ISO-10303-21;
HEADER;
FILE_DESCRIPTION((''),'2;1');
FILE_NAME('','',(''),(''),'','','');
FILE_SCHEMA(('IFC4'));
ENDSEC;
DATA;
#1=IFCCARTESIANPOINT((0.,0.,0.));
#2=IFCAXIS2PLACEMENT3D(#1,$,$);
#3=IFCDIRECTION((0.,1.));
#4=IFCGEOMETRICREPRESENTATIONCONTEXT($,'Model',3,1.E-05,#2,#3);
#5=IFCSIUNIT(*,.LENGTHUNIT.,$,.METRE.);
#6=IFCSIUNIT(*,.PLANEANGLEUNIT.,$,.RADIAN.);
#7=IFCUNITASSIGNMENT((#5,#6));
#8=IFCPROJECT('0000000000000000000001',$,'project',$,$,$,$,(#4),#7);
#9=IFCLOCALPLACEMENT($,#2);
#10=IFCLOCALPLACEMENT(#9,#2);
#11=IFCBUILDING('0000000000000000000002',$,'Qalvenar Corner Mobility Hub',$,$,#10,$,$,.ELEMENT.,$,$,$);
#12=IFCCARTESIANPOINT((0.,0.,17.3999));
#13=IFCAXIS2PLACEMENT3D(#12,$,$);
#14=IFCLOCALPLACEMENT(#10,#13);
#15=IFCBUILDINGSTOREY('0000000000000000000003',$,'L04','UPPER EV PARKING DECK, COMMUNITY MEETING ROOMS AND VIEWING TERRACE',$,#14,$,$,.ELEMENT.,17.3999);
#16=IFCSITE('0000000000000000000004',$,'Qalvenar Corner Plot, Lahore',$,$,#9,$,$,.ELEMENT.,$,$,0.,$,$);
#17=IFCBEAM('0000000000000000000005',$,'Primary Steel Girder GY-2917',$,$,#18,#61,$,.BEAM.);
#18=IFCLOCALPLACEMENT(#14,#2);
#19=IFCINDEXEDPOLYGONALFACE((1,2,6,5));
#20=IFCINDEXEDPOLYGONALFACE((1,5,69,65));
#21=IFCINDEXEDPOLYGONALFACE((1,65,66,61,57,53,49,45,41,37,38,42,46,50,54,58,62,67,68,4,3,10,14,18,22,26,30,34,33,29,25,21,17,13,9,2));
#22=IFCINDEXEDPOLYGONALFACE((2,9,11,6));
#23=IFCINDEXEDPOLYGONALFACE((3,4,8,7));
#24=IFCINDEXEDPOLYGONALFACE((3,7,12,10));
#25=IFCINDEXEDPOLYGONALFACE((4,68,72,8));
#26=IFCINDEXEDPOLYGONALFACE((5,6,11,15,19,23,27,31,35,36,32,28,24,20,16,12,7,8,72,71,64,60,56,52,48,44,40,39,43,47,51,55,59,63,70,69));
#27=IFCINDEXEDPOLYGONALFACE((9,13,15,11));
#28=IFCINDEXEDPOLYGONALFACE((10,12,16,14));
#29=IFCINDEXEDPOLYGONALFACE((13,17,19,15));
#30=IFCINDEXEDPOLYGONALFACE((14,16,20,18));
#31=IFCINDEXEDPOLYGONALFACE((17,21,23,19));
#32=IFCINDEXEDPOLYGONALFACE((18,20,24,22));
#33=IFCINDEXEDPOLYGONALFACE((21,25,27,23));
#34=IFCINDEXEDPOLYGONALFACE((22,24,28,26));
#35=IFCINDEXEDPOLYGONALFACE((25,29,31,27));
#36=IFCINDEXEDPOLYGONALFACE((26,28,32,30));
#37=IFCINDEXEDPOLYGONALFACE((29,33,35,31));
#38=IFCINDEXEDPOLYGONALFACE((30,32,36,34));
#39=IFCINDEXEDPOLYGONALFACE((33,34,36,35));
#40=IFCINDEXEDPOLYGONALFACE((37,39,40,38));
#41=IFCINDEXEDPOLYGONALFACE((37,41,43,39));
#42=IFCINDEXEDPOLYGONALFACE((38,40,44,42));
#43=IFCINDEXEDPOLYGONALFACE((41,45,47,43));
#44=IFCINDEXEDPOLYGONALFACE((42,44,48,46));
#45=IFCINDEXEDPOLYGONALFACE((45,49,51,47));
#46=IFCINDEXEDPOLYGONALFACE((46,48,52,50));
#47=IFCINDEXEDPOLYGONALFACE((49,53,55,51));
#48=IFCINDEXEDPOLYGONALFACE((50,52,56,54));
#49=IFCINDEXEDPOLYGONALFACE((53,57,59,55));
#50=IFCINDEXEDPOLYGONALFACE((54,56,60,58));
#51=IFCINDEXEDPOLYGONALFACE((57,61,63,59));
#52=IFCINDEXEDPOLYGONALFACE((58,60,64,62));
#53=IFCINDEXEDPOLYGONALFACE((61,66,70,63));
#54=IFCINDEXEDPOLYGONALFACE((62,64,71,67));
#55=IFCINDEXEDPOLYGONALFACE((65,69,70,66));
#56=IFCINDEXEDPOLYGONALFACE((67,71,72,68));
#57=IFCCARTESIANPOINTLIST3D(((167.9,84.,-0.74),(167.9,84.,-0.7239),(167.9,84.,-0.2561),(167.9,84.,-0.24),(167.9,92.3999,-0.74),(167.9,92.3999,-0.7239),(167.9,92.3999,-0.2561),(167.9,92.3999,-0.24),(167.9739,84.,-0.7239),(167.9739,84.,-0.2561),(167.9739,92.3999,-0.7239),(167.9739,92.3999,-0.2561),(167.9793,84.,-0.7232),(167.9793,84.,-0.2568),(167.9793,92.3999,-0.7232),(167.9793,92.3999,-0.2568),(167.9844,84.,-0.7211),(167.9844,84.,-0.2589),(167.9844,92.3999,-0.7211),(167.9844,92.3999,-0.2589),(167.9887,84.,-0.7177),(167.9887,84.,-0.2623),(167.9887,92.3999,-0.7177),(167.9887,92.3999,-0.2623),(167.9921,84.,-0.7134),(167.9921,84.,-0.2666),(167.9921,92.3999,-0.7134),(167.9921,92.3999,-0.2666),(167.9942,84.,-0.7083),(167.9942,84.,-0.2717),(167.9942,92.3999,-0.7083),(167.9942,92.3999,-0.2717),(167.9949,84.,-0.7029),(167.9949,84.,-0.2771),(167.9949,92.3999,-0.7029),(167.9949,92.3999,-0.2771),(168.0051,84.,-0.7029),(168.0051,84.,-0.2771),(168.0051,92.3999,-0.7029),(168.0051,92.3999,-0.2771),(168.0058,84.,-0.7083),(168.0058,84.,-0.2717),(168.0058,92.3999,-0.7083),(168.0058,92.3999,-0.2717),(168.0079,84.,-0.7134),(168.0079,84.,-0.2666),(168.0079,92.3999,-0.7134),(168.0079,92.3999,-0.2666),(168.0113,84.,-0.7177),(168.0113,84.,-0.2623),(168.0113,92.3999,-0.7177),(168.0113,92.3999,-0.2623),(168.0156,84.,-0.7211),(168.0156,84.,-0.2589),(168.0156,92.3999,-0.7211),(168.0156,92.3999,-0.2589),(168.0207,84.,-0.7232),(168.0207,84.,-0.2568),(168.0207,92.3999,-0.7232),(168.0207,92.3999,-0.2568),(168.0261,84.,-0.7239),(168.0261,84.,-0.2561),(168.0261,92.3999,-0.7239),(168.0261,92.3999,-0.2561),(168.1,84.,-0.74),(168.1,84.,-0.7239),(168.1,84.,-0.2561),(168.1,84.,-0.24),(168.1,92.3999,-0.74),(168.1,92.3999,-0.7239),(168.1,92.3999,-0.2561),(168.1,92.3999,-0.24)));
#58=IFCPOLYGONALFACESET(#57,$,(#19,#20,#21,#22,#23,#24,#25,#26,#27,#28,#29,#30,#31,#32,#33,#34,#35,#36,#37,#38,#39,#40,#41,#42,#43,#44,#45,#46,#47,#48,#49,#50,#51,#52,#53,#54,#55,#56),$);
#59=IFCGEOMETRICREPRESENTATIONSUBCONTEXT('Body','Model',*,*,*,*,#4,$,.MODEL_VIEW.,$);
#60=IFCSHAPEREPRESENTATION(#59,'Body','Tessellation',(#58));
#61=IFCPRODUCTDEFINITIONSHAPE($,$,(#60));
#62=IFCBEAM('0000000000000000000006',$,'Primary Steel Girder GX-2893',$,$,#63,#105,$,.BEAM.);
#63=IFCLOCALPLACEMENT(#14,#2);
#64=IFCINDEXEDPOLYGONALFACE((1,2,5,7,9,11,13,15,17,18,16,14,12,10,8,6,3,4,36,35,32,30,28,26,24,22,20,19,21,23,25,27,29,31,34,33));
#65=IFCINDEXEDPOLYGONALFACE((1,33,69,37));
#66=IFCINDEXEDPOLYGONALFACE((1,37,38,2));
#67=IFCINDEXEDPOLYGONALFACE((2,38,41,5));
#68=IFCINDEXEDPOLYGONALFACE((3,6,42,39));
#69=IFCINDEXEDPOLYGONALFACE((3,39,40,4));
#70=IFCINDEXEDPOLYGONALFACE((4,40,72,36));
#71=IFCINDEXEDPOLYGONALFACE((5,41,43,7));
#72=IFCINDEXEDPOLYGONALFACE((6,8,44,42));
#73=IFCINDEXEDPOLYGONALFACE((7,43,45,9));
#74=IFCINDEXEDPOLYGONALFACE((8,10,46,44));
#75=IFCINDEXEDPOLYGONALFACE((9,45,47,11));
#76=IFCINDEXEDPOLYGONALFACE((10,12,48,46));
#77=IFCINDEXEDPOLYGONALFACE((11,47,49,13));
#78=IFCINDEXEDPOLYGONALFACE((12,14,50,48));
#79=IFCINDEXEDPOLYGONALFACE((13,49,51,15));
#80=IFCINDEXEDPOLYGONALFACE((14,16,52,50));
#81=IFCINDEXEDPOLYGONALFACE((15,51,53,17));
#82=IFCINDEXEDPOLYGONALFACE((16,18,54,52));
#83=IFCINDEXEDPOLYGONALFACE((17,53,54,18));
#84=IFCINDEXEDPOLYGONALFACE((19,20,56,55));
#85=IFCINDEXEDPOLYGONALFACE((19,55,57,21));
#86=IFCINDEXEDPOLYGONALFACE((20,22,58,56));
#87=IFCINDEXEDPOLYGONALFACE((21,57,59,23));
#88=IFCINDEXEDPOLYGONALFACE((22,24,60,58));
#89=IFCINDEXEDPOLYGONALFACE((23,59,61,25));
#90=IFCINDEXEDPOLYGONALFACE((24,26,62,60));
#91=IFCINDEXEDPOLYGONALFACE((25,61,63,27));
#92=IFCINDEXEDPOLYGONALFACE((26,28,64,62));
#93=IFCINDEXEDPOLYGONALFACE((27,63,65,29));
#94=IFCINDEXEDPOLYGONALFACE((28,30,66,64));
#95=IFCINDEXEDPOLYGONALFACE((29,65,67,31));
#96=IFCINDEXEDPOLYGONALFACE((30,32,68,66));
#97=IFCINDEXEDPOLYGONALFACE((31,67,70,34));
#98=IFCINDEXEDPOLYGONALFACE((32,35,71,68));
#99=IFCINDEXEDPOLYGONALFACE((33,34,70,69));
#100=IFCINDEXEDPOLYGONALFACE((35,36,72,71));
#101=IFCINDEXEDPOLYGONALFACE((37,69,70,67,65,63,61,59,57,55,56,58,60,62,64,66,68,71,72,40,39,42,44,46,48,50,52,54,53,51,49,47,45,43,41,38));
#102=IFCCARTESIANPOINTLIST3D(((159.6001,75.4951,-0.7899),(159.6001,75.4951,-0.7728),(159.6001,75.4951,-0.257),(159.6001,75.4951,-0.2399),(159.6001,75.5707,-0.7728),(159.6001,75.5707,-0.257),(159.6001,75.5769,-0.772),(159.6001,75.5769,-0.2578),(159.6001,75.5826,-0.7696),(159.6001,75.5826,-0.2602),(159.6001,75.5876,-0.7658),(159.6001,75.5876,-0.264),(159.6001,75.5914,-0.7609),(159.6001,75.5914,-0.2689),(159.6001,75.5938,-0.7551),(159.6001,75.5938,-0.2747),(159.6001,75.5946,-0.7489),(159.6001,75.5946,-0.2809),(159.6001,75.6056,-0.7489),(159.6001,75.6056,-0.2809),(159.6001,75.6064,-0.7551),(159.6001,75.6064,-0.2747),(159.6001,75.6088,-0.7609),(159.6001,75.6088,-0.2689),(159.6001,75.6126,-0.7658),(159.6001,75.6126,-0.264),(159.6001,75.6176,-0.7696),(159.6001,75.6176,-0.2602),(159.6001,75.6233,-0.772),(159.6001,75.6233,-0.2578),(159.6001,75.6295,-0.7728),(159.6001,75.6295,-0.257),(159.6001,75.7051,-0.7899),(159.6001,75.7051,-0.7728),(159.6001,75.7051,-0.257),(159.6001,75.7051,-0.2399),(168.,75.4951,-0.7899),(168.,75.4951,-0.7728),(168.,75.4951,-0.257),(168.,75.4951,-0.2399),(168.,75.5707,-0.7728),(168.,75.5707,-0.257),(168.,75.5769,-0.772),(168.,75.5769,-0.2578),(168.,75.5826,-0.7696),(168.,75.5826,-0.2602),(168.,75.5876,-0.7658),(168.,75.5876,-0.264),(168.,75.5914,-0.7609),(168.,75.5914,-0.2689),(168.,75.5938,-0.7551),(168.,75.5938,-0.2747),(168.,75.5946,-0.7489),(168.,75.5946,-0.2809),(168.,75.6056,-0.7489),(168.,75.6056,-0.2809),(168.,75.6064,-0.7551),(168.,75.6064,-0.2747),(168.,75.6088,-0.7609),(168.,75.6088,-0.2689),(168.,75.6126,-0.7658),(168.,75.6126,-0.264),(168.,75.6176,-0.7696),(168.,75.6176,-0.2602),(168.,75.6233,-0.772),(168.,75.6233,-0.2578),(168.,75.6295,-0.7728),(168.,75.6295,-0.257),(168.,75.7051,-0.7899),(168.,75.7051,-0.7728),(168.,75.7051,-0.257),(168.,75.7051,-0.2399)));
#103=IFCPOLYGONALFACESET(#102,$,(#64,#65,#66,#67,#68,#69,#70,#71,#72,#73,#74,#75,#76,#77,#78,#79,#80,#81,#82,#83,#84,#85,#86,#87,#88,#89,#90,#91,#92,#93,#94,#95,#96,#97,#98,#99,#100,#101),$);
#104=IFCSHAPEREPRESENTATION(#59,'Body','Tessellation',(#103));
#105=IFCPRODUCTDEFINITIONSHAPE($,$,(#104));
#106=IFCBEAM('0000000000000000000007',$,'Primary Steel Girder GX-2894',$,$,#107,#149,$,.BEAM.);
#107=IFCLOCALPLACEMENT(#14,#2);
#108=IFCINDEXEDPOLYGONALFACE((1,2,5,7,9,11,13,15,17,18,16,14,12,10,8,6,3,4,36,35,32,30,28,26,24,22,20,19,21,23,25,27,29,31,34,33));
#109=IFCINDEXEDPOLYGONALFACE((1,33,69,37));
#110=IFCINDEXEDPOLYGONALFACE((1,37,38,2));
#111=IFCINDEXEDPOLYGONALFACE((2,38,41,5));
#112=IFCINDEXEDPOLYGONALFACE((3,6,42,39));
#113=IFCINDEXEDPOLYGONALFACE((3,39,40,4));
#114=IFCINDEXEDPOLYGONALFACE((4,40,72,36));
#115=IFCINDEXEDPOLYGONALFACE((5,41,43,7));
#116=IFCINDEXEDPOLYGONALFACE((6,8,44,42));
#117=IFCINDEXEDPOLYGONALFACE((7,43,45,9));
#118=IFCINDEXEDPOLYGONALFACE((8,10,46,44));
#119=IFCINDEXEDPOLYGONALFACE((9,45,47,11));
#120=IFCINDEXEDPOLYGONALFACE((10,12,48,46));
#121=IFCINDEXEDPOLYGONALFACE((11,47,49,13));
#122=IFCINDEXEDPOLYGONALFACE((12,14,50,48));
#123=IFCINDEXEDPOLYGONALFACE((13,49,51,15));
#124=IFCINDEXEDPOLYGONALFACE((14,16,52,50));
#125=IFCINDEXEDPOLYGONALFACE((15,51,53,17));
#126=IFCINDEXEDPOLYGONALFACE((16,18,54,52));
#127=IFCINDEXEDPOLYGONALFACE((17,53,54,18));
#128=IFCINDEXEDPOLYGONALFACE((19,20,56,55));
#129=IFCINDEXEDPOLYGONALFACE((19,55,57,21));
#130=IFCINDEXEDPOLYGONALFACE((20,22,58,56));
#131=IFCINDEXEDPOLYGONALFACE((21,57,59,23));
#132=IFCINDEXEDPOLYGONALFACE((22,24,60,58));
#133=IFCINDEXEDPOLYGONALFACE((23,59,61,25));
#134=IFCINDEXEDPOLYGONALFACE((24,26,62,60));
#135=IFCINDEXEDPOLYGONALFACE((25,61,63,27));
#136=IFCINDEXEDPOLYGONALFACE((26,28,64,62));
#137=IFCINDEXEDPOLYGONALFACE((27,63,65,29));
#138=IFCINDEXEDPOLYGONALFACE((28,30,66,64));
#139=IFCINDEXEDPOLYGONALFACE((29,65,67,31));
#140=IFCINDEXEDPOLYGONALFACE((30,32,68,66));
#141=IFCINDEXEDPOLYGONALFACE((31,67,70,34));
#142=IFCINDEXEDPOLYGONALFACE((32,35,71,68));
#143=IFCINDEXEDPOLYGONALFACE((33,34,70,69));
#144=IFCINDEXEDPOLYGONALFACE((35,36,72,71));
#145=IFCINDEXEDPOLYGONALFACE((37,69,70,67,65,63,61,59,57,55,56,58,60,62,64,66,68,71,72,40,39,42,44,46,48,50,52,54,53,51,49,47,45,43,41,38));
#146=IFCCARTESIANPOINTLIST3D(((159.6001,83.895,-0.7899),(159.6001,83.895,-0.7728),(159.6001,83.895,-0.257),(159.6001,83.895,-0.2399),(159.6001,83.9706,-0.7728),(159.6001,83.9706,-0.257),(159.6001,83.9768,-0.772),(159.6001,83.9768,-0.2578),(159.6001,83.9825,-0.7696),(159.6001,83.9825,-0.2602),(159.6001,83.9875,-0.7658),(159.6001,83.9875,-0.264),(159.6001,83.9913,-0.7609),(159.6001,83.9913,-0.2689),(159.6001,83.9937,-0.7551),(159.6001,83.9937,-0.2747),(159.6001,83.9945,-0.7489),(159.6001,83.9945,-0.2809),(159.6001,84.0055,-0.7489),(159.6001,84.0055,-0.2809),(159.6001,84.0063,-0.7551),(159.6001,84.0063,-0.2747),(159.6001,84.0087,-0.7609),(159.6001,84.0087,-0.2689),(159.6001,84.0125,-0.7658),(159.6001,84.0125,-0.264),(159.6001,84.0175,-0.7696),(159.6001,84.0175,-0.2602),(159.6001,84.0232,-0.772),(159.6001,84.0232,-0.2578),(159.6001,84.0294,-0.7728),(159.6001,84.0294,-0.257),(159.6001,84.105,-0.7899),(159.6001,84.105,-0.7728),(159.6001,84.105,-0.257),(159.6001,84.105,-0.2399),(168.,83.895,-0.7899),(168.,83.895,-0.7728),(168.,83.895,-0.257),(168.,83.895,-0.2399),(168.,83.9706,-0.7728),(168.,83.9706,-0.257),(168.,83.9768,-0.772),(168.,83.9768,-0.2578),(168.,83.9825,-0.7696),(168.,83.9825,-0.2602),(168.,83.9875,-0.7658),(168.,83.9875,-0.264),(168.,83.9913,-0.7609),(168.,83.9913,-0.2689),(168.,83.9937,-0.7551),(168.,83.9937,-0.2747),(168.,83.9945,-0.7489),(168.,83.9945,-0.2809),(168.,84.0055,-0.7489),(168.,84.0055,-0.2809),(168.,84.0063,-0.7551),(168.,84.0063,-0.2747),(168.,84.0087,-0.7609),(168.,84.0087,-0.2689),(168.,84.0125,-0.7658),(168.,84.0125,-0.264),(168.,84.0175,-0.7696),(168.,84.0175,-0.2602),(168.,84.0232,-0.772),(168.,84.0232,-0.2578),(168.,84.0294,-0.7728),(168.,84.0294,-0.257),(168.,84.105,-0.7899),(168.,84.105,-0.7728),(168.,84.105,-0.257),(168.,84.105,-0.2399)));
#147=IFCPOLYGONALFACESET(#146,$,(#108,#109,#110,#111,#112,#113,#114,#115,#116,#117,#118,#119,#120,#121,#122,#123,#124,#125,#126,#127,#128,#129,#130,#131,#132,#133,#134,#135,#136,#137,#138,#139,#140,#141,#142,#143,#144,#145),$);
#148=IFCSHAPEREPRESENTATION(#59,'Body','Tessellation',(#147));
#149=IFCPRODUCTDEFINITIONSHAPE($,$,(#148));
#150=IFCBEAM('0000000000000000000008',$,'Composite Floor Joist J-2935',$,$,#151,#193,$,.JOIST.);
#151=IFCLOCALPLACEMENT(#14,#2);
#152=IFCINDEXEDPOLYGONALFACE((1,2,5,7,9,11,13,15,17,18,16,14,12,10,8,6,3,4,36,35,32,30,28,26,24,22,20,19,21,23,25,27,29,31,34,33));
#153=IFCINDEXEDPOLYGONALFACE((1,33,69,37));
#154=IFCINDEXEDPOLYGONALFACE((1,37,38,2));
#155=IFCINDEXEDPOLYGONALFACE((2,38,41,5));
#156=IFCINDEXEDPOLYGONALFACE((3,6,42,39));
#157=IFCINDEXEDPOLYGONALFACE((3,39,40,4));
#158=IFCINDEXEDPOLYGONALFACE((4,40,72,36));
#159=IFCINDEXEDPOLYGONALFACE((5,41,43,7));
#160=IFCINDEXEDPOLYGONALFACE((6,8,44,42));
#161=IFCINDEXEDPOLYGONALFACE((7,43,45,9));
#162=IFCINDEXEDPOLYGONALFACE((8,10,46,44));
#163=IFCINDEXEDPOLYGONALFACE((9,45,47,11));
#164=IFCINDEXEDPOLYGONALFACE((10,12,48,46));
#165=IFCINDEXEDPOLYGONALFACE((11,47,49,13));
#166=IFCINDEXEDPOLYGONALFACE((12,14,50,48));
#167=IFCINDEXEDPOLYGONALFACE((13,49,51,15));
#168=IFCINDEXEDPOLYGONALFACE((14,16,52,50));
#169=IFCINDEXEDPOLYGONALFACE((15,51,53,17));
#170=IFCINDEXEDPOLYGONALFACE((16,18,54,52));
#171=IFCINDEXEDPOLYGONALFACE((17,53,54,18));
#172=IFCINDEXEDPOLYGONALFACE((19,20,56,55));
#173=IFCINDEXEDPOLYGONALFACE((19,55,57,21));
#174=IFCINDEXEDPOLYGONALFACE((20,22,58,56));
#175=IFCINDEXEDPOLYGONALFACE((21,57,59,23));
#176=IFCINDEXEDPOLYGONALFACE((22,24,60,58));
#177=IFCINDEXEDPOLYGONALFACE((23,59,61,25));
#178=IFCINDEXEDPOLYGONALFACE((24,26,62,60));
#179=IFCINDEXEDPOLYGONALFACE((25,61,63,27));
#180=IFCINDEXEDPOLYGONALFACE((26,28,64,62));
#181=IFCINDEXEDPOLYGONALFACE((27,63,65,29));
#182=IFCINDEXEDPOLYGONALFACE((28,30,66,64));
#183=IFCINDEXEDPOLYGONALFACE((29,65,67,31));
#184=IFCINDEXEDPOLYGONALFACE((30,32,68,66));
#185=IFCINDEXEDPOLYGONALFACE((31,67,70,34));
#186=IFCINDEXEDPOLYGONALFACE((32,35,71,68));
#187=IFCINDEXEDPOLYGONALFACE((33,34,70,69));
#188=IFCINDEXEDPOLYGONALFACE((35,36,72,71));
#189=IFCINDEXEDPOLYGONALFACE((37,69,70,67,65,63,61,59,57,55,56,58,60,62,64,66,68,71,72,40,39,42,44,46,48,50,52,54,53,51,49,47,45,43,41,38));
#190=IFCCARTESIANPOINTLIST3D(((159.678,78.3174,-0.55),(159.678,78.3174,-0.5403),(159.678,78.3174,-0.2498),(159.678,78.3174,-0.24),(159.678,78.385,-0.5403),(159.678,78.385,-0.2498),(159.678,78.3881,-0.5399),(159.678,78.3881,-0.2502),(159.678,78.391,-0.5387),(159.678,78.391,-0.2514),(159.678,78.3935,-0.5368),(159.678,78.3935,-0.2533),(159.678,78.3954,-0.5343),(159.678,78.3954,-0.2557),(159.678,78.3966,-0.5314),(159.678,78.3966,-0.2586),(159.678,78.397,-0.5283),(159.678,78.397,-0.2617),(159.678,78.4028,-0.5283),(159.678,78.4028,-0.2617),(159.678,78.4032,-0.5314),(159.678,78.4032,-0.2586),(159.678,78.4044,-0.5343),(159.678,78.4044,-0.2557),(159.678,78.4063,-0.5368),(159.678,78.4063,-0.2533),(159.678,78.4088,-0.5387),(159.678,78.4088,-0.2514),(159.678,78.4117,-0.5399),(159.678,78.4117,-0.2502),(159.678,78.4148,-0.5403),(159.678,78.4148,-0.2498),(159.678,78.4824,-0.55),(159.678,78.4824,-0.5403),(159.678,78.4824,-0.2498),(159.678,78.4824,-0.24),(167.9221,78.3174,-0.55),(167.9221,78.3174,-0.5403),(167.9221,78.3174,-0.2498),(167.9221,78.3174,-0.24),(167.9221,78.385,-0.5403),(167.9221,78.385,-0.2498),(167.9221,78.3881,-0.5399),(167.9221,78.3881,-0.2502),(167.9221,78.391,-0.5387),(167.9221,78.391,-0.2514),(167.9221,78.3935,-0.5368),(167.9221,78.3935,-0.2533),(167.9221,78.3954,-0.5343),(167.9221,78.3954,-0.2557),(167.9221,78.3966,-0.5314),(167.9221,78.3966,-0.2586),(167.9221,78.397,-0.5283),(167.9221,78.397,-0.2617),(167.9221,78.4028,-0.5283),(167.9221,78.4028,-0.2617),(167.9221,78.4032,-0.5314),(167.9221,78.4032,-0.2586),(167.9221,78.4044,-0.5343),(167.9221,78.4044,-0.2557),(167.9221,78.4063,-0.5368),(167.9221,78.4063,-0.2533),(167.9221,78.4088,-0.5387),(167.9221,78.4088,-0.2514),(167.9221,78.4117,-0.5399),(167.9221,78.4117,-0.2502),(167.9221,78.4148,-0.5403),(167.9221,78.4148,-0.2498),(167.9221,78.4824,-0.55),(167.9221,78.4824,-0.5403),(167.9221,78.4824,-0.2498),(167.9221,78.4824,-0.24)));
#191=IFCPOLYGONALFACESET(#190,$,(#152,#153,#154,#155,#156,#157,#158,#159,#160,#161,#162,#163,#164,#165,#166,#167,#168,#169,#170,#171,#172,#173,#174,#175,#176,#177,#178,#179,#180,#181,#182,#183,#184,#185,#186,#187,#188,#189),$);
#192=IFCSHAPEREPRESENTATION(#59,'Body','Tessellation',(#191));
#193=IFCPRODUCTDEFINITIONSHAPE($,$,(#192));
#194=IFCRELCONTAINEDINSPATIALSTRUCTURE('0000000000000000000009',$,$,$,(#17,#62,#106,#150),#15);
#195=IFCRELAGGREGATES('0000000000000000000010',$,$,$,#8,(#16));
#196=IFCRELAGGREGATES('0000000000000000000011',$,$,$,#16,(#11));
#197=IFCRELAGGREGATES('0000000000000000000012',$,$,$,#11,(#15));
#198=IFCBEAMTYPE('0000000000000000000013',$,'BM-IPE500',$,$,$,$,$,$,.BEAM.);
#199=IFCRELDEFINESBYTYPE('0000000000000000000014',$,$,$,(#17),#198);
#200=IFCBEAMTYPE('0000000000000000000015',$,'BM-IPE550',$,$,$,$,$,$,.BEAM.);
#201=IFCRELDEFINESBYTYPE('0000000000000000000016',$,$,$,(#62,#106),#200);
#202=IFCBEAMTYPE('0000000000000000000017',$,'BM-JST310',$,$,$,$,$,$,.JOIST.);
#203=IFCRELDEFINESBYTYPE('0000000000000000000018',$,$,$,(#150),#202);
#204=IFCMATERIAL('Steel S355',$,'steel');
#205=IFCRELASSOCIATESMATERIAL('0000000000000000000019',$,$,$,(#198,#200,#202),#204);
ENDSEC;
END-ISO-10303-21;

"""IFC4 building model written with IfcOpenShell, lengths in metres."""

from ifc_helpers import new_model, si_unit, direction, frame, origin, origin_2d, place, context, subcontext, project, spatial, i_section, extrude, material, material_profile, profile_set, type_object, element, save


model = new_model("IFC4")

# Units and contexts
model_context = context("Model", 3, precision=1e-05, world=origin(), true_north=direction((0.0, 1.0)))
body_context = subcontext(model_context, "Body", "Model", "MODEL_VIEW")
ifc_project = project(units=[si_unit("LENGTHUNIT", "METRE"), si_unit("PLANEANGLEUNIT", "RADIAN")], contexts=[model_context])

# Site, building, storey
site_placement = place(None, origin())
site = spatial("IfcSite", under=ifc_project, at=site_placement, Name="Qalvenar Corner Plot, Lahore", CompositionType="ELEMENT", RefElevation=0.0)
building_placement = place(site_placement, origin())
building = spatial("IfcBuilding", under=site, at=building_placement, Name="Qalvenar Corner Mobility Hub", CompositionType="ELEMENT")
storey_placement = place(building_placement, frame((0.0, 0.0, 17.3999)))
storey = spatial("IfcBuildingStorey", under=building, at=storey_placement, Name="L04", Description="UPPER EV PARKING DECK, COMMUNITY MEETING ROOMS AND VIEWING TERRACE", CompositionType="ELEMENT", Elevation=17.3999)

# Shared definitions
ifc_material_1 = material(Name="Steel S355", Category="steel")

# Beams
ifc_material_profile_1 = material_profile(ifc_material_1, i_section(OverallWidth=0.2, OverallDepth=0.5, WebThickness=0.0103, FlangeThickness=0.0161, FilletRadius=0.021, at=origin_2d()), Name="IPE500")
ifc_profile_set_1 = profile_set([ifc_material_profile_1], Name="Steel S355")
beam_type_1 = type_object("IfcBeamType", Name="BM-IPE500", PredefinedType="BEAM", material=ifc_profile_set_1)
for number, where, z_axis, x_axis, name in (
    (1, (168.0, 84.0, -0.49), (0.0, 1.0, 0.0), (-1.0, 0.0, 0.0), "Primary Steel Girder GY-2917"),
):
    element("IfcBeam", number, at=place(storey_placement, frame(where, z_axis=z_axis, x_axis=x_axis)), inside=storey, type_object=beam_type_1, Name=name, PredefinedType="BEAM", context=body_context, shape_type="SweptSolid", body=[
        extrude(i_section(OverallWidth=0.2, OverallDepth=0.5, WebThickness=0.0103, FlangeThickness=0.0161, FilletRadius=0.021, at=origin_2d()), origin(), (0.0, 0.0, 1.0), 8.3999),
    ])
ifc_material_profile_2 = material_profile(ifc_material_1, i_section(OverallWidth=0.21, OverallDepth=0.55, WebThickness=0.011, FlangeThickness=0.0171, FilletRadius=0.0239, at=origin_2d()), Name="IPE550")
ifc_profile_set_2 = profile_set([ifc_material_profile_2], Name="Steel S355")
beam_type_2 = type_object("IfcBeamType", Name="BM-IPE550", PredefinedType="BEAM", material=ifc_profile_set_2)
for number, where, z_axis, x_axis, name in (
    (2, (159.6001, 75.6001, -0.5149), (1.0, 0.0, 0.0), (0.0, 1.0, 0.0), "Primary Steel Girder GX-2893"),
    (3, (159.6001, 84.0, -0.5149), (1.0, 0.0, 0.0), (0.0, 1.0, 0.0), "Primary Steel Girder GX-2894"),
):
    element("IfcBeam", number, at=place(storey_placement, frame(where, z_axis=z_axis, x_axis=x_axis)), inside=storey, type_object=beam_type_2, Name=name, PredefinedType="BEAM", context=body_context, shape_type="SweptSolid", body=[
        extrude(i_section(OverallWidth=0.21, OverallDepth=0.55, WebThickness=0.011, FlangeThickness=0.0171, FilletRadius=0.0239, at=origin_2d()), origin(), (0.0, 0.0, 1.0), 8.3999),
    ])
ifc_material_profile_3 = material_profile(ifc_material_1, i_section(OverallWidth=0.165, OverallDepth=0.3101, WebThickness=0.0059, FlangeThickness=0.0098, FilletRadius=0.012, at=origin_2d()), Name="W310x38.7")
ifc_profile_set_3 = profile_set([ifc_material_profile_3], Name="Steel S355")
beam_type_3 = type_object("IfcBeamType", Name="BM-JST310", PredefinedType="JOIST", material=ifc_profile_set_3)
for number, where, z_axis, x_axis, name in (
    (4, (159.678, 78.3999, -0.395), (1.0, 0.0, 0.0), (0.0, 1.0, 0.0), "Composite Floor Joist J-2935"),
):
    element("IfcBeam", number, at=place(storey_placement, frame(where, z_axis=z_axis, x_axis=x_axis)), inside=storey, type_object=beam_type_3, Name=name, PredefinedType="JOIST", context=body_context, shape_type="SweptSolid", body=[
        extrude(i_section(OverallWidth=0.165, OverallDepth=0.3101, WebThickness=0.0059, FlangeThickness=0.0098, FilletRadius=0.012, at=origin_2d()), origin(), (0.0, 0.0, 1.0), 8.2441),
    ])

save(model, "model.ifc")
